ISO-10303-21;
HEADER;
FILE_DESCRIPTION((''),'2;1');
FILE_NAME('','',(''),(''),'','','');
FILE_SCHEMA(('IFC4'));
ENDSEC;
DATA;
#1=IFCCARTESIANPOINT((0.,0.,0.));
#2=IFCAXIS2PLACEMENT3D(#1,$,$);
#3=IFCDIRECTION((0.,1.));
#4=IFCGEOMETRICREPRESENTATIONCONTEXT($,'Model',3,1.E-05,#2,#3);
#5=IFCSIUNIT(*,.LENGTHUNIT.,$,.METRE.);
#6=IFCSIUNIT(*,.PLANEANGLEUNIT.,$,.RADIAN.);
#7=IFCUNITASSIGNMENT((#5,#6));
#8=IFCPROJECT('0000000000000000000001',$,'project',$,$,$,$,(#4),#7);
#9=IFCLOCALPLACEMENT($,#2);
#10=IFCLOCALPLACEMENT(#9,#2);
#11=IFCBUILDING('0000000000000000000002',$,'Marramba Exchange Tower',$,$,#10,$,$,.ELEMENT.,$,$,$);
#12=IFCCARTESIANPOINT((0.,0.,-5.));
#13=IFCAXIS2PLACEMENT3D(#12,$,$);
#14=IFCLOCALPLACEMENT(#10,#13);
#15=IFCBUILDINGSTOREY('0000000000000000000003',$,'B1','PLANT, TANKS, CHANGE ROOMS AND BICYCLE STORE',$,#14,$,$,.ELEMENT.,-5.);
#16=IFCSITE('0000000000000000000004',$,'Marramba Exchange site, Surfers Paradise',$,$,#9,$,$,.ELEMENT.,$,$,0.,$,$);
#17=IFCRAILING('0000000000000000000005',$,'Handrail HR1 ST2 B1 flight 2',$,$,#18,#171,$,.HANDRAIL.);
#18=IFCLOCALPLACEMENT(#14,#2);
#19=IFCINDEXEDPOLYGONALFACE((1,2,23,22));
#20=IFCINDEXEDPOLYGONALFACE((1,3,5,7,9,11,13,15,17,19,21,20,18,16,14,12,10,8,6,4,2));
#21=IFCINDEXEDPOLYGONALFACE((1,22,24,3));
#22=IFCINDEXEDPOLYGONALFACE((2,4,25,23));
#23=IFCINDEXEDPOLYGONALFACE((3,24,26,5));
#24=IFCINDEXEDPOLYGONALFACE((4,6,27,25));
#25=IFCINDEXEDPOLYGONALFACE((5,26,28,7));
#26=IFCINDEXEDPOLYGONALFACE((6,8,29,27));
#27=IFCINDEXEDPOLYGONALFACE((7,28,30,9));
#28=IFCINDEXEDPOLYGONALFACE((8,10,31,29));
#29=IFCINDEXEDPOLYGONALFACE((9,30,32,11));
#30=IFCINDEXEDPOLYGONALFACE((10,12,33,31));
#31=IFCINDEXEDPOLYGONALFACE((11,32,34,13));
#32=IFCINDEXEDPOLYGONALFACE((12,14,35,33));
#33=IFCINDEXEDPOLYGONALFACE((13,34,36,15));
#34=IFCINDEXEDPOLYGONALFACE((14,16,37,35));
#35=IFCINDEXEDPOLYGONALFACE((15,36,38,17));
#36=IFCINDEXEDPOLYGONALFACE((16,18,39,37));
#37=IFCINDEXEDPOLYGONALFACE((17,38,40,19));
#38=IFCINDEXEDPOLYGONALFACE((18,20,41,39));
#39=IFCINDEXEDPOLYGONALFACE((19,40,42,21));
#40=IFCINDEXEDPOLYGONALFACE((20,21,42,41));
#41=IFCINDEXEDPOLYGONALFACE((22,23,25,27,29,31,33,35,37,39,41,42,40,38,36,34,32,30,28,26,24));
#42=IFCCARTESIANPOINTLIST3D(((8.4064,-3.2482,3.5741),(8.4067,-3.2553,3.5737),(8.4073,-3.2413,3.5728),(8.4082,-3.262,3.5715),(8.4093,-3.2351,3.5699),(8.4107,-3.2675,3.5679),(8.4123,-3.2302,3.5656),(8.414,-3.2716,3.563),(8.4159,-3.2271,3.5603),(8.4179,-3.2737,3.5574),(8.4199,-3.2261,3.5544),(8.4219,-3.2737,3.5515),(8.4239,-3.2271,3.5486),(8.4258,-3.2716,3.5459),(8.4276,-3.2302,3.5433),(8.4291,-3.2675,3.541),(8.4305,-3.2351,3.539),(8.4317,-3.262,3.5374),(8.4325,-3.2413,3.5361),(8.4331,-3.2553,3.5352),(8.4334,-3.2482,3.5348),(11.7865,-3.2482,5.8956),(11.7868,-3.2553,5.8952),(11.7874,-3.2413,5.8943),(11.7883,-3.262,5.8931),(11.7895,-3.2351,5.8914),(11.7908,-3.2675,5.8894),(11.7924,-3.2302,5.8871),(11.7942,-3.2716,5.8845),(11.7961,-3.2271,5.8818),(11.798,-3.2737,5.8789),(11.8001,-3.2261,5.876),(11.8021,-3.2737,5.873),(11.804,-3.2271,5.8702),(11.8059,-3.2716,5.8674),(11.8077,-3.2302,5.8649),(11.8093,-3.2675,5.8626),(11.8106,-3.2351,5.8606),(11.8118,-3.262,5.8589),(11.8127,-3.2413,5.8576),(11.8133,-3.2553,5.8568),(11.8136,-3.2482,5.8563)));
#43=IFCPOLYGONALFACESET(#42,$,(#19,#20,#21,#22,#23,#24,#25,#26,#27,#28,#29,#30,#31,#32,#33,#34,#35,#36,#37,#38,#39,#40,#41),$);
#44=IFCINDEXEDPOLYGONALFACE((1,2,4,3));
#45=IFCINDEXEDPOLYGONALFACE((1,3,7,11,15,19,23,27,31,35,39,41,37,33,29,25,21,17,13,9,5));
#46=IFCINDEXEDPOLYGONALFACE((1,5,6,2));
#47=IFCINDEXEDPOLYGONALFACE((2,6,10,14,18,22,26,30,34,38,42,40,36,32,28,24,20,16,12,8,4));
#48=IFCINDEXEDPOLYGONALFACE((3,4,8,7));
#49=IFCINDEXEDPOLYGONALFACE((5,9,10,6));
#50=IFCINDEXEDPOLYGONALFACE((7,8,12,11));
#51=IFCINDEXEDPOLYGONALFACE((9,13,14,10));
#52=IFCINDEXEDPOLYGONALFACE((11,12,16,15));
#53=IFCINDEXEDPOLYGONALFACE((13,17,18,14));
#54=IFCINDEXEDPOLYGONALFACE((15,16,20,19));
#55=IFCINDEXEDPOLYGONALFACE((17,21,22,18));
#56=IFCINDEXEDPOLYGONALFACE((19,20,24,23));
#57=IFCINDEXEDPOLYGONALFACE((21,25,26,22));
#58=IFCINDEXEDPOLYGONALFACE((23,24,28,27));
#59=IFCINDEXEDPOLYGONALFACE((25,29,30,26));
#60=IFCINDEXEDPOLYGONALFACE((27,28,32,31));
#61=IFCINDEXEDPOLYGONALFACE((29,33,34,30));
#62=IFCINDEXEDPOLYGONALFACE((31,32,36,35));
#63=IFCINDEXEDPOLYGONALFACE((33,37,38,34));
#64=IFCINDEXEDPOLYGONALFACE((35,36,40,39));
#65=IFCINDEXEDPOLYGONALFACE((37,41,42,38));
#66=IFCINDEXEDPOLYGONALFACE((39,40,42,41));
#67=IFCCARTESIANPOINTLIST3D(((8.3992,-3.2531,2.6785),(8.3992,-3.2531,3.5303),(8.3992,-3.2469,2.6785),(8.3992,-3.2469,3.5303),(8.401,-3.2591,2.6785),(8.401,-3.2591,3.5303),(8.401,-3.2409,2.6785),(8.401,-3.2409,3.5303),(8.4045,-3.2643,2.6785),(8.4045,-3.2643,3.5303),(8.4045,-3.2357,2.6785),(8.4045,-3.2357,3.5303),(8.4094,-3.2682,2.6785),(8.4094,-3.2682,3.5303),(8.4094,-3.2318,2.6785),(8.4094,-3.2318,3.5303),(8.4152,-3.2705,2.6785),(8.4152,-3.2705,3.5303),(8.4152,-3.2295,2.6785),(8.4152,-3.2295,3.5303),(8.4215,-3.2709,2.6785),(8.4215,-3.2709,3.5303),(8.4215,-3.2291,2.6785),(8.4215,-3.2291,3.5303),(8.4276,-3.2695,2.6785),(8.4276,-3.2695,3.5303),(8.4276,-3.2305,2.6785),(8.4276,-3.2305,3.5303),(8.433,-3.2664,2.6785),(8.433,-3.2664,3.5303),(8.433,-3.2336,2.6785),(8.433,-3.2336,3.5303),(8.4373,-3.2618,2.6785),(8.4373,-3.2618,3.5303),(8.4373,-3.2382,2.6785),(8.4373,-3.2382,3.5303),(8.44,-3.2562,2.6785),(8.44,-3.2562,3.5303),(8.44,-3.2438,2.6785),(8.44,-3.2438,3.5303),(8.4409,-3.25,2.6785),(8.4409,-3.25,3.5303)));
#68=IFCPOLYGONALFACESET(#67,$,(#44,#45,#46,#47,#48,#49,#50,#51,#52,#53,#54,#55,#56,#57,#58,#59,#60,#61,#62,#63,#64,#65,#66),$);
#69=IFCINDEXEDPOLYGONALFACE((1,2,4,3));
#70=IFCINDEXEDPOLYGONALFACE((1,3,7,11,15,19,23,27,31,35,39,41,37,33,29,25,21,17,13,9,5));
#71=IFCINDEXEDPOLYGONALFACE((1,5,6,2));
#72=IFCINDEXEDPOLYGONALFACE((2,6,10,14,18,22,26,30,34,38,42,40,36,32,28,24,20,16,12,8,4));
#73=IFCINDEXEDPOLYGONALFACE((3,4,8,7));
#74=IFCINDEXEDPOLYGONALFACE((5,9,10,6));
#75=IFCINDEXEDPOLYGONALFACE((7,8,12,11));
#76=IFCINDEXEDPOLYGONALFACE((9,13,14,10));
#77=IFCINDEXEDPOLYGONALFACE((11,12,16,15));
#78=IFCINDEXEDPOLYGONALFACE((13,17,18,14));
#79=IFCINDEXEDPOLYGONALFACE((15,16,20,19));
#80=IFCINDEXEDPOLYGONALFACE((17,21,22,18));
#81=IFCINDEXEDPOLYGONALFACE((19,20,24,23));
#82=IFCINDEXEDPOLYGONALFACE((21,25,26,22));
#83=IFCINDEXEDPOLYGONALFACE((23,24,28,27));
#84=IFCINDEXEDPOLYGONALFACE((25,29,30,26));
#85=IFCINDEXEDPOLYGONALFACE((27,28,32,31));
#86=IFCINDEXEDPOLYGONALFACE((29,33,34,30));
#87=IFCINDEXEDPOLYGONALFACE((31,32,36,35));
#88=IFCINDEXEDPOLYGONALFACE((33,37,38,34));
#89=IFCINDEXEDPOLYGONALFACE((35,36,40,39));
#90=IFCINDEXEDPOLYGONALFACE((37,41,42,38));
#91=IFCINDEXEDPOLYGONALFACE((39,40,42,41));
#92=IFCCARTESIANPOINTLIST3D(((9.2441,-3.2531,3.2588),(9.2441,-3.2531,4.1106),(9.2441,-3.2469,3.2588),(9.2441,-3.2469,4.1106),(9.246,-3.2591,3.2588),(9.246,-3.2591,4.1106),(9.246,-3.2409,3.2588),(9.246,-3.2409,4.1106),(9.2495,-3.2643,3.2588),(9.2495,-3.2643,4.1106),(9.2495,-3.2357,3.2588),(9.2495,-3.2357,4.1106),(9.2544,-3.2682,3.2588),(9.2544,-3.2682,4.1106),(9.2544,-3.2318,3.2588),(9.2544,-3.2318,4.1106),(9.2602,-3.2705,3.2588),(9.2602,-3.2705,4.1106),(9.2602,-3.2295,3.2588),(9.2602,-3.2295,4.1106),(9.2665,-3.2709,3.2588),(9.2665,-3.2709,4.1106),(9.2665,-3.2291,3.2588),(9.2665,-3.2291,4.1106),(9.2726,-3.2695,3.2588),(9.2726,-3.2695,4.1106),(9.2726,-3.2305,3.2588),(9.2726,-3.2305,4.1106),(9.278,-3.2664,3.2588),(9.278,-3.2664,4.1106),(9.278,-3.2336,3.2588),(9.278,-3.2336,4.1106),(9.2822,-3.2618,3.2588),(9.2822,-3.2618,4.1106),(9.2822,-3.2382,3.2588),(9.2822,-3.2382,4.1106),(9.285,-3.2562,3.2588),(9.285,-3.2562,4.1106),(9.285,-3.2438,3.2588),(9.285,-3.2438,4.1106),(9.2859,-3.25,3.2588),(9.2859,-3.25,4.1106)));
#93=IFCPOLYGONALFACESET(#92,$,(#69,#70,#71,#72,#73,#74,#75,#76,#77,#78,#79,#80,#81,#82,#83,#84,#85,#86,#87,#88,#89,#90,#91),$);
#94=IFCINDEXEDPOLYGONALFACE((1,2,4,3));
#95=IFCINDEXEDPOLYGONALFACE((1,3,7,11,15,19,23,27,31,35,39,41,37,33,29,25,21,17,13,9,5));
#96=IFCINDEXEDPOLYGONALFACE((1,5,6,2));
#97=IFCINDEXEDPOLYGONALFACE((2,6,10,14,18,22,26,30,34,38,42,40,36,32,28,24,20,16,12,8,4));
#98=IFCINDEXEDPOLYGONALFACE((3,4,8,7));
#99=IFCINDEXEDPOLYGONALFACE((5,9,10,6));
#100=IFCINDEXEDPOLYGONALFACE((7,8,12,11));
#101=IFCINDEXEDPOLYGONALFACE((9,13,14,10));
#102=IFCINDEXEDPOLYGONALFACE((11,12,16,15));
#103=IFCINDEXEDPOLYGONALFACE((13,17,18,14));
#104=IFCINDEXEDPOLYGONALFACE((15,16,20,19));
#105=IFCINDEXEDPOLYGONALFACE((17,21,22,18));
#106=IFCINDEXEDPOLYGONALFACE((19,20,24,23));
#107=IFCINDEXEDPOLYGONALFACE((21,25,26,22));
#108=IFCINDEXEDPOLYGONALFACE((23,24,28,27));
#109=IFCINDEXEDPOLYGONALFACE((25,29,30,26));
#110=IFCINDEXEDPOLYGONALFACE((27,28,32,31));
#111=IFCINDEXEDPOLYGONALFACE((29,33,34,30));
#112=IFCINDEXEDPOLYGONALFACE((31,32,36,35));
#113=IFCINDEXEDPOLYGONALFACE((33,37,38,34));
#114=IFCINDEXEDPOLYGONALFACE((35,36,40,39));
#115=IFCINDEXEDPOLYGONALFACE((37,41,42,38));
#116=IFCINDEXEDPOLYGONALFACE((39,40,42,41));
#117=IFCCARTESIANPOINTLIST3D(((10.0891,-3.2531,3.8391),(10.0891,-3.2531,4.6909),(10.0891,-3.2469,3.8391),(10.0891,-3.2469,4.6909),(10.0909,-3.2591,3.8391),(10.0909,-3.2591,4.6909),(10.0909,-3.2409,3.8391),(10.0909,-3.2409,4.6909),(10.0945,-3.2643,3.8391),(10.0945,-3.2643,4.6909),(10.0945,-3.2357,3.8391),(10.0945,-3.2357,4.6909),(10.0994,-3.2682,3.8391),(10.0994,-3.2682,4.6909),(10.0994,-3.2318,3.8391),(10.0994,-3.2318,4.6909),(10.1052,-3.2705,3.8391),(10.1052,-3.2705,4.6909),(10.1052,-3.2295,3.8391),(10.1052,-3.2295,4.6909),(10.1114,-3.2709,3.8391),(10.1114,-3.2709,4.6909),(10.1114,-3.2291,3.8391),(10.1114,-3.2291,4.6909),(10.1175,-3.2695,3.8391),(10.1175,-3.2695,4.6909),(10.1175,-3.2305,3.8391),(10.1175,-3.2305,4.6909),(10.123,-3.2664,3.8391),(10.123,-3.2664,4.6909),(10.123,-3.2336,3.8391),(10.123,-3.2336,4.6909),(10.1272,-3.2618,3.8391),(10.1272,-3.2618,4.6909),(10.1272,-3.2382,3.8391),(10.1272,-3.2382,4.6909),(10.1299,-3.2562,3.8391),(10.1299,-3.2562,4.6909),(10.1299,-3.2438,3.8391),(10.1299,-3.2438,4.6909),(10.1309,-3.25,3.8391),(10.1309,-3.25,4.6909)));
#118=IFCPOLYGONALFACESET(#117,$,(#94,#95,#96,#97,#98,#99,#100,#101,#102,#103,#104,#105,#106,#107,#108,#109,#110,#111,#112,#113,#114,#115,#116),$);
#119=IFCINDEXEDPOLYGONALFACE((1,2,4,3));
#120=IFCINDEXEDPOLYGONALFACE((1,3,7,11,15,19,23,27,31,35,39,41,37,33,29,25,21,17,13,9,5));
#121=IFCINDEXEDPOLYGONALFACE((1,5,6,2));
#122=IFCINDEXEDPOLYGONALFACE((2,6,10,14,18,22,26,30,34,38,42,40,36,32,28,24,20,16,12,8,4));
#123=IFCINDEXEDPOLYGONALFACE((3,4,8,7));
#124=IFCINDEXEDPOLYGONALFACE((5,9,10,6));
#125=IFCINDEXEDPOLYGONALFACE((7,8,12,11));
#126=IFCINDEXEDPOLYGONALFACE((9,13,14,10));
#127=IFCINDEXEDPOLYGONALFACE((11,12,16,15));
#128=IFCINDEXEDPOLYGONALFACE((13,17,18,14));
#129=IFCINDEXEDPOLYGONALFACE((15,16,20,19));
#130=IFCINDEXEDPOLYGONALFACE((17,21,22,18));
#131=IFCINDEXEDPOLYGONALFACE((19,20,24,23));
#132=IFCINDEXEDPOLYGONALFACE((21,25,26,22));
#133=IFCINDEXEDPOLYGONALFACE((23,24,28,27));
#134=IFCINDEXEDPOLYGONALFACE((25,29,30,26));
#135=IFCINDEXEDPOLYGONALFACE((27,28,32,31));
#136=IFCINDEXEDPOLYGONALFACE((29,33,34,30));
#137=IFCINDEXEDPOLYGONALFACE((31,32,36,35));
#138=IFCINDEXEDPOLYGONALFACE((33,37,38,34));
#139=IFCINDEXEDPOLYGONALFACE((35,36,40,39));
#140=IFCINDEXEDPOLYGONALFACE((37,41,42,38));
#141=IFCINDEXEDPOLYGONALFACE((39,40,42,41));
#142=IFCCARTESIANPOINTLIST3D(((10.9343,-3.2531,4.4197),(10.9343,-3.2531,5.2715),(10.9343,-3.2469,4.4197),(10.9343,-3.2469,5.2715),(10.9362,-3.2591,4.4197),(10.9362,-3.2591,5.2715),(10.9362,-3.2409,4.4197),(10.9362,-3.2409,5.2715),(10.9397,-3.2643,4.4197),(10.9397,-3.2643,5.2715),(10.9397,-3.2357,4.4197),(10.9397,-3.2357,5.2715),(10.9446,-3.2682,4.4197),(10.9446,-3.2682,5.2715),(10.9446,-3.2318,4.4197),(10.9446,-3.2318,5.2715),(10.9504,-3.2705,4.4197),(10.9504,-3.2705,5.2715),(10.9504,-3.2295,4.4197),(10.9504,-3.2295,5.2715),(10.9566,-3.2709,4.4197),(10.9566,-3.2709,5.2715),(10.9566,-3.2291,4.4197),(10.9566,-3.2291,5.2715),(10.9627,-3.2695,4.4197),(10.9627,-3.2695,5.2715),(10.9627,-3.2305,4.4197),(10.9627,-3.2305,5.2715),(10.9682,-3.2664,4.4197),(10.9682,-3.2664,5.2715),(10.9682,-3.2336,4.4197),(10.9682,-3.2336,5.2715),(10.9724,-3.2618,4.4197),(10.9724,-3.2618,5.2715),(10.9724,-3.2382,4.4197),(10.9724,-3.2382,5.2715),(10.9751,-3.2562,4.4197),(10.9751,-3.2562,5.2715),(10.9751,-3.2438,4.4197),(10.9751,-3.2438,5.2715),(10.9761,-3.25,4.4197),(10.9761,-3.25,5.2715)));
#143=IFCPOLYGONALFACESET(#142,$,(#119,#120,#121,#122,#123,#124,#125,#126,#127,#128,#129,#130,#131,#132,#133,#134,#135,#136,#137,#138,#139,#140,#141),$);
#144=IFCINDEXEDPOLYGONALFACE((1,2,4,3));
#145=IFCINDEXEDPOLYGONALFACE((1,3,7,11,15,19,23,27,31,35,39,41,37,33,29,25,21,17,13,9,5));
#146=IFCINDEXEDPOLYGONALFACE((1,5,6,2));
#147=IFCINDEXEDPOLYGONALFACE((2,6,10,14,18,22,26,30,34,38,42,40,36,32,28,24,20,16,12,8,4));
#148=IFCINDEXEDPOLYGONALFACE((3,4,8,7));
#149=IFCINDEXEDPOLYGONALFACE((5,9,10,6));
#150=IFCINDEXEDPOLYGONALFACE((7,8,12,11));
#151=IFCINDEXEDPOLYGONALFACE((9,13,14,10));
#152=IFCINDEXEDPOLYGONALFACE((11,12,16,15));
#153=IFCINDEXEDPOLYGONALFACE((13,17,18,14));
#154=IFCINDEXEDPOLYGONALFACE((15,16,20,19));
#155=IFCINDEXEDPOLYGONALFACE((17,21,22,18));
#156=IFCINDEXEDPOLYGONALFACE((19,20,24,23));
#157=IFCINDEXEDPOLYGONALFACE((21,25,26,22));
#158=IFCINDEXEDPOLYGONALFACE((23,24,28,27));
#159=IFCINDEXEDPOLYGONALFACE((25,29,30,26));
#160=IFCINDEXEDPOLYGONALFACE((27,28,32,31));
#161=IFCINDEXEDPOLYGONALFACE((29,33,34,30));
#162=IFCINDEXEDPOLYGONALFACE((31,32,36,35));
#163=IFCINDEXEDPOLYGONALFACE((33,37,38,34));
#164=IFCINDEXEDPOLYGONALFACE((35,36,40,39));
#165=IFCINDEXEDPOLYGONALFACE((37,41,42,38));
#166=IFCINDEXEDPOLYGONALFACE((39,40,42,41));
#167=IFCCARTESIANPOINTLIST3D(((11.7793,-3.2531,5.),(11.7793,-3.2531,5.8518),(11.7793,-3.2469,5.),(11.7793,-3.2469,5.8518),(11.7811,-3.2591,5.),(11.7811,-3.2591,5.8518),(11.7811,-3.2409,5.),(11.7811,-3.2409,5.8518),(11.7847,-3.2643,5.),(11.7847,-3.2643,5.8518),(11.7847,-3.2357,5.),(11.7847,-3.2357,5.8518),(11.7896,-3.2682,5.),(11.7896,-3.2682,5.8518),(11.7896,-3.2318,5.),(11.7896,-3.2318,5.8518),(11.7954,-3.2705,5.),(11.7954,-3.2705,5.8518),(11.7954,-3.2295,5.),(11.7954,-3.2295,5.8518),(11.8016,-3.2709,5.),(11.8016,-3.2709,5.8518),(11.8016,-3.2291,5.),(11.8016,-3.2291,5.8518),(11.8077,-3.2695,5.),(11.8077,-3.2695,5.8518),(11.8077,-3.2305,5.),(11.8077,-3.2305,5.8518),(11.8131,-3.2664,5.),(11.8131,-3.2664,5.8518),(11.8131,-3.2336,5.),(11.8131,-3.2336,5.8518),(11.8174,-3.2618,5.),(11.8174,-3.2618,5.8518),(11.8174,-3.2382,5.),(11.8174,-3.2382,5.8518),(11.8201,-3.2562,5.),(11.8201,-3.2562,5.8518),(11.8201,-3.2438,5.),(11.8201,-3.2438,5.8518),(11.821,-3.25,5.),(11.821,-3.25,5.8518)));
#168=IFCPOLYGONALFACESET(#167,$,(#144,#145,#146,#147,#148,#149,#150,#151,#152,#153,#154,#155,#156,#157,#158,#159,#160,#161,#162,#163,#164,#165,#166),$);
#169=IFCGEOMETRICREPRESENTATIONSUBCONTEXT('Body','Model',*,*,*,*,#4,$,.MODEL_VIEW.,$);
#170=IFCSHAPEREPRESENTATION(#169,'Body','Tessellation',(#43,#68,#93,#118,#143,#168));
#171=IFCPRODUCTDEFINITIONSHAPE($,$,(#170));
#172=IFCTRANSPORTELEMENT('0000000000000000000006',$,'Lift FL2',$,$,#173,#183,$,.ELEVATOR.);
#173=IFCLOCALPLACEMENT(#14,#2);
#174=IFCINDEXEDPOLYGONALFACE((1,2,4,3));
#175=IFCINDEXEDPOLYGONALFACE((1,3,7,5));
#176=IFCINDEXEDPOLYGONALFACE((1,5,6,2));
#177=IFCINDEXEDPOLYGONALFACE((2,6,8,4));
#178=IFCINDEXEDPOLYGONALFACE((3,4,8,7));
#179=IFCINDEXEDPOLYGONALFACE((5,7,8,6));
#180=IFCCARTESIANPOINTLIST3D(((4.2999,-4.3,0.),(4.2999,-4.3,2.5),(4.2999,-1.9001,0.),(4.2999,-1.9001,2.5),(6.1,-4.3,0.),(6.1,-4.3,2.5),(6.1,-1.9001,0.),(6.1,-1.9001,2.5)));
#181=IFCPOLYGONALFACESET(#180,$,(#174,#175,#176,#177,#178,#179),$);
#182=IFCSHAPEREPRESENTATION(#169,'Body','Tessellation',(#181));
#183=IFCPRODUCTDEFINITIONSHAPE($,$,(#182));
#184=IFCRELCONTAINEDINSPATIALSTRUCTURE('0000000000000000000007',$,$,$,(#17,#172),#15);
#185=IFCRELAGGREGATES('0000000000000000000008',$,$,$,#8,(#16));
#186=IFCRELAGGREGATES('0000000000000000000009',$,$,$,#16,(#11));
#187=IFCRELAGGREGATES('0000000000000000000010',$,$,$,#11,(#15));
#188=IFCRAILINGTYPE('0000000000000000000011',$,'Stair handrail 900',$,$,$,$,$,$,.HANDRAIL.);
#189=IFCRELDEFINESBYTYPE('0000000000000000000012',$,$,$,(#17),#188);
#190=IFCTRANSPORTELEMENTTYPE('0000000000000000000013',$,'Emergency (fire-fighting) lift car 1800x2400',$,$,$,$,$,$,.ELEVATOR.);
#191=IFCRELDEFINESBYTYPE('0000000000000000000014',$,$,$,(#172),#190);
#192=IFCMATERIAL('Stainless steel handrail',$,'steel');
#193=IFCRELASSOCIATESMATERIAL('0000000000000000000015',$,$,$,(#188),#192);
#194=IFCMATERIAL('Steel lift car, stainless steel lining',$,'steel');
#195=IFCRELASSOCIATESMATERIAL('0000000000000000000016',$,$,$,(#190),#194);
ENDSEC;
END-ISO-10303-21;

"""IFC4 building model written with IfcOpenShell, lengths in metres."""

from ifc_helpers import new_model, si_unit, direction, frame, origin, origin_2d, place, context, subcontext, project, spatial, rectangle, circle, extrude, material, type_object, element, save


model = new_model("IFC4")

# Units and contexts
model_context = context("Model", 3, precision=1e-05, world=origin(), true_north=direction((0.0, 1.0)))
body_context = subcontext(model_context, "Body", "Model", "MODEL_VIEW")
ifc_project = project(units=[si_unit("LENGTHUNIT", "METRE"), si_unit("PLANEANGLEUNIT", "RADIAN")], contexts=[model_context])

# Site, building, storey
site_placement = place(None, origin())
site = spatial("IfcSite", under=ifc_project, at=site_placement, Name="Marramba Exchange site, Surfers Paradise", CompositionType="ELEMENT", RefElevation=0.0)
building_placement = place(site_placement, origin())
building = spatial("IfcBuilding", under=site, at=building_placement, Name="Marramba Exchange Tower", CompositionType="ELEMENT")
storey_placement = place(building_placement, frame((0.0, 0.0, -5.0)))
storey = spatial("IfcBuildingStorey", under=building, at=storey_placement, Name="B1", Description="PLANT, TANKS, CHANGE ROOMS AND BICYCLE STORE", CompositionType="ELEMENT", Elevation=-5.0)

# Railing
ifc_material_1 = material(Name="Stainless steel handrail", Category="steel")
railing_type = type_object("IfcRailingType", Name="Stair handrail 900", PredefinedType="HANDRAIL", material=ifc_material_1)
railing_1_placement = place(storey_placement, frame((8.4199, -3.25, 2.6785)))
element("IfcRailing", 1, at=railing_1_placement, inside=storey, type_object=railing_type, Name="Handrail HR1 ST2 B1 flight 2", PredefinedType="HANDRAIL", context=body_context, shape_type="SweptSolid", body=[
    extrude(circle(Radius=0.0239, at=origin_2d()), frame((0.0, 0.0, 0.876), z_axis=(0.824304, 0.0, 0.566147), x_axis=(0.0, 1.0, 0.0)), (0.0, 0.0, 1.0), 4.1006),
    extrude(circle(Radius=0.021, at=origin_2d()), origin(), (0.0, 0.0, 1.0), 0.8518),
    extrude(circle(Radius=0.021, at=origin_2d()), frame((0.845, 0.0, 0.5803)), (0.0, 0.0, 1.0), 0.8518),
    extrude(circle(Radius=0.021, at=origin_2d()), frame((1.6899, 0.0, 1.1606)), (0.0, 0.0, 1.0), 0.8518),
    extrude(circle(Radius=0.021, at=origin_2d()), frame((2.5352, 0.0, 1.7412)), (0.0, 0.0, 1.0), 0.8518),
    extrude(circle(Radius=0.021, at=origin_2d()), frame((3.3801, 0.0, 2.3215)), (0.0, 0.0, 1.0), 0.8518),
])

# Transport element
ifc_material_2 = material(Name="Steel lift car, stainless steel lining", Category="steel")
transport_element_type = type_object("IfcTransportElementType", Name="Emergency (fire-fighting) lift car 1800x2400", PredefinedType="ELEVATOR", material=ifc_material_2)
transport_element_placement = place(storey_placement, frame((5.2, -3.1001, 0.0), z_axis=(0.0, 0.0, 1.0), x_axis=(1.0, 0.0, 0.0)))
element("IfcTransportElement", 2, at=transport_element_placement, inside=storey, type_object=transport_element_type, Name="Lift FL2", PredefinedType="ELEVATOR", context=body_context, shape_type="SweptSolid", body=[
    extrude(rectangle(XDim=1.8, YDim=2.3999, at=origin_2d()), origin(), (0.0, 0.0, 1.0), 2.5),
])

save(model, "model.ifc")
